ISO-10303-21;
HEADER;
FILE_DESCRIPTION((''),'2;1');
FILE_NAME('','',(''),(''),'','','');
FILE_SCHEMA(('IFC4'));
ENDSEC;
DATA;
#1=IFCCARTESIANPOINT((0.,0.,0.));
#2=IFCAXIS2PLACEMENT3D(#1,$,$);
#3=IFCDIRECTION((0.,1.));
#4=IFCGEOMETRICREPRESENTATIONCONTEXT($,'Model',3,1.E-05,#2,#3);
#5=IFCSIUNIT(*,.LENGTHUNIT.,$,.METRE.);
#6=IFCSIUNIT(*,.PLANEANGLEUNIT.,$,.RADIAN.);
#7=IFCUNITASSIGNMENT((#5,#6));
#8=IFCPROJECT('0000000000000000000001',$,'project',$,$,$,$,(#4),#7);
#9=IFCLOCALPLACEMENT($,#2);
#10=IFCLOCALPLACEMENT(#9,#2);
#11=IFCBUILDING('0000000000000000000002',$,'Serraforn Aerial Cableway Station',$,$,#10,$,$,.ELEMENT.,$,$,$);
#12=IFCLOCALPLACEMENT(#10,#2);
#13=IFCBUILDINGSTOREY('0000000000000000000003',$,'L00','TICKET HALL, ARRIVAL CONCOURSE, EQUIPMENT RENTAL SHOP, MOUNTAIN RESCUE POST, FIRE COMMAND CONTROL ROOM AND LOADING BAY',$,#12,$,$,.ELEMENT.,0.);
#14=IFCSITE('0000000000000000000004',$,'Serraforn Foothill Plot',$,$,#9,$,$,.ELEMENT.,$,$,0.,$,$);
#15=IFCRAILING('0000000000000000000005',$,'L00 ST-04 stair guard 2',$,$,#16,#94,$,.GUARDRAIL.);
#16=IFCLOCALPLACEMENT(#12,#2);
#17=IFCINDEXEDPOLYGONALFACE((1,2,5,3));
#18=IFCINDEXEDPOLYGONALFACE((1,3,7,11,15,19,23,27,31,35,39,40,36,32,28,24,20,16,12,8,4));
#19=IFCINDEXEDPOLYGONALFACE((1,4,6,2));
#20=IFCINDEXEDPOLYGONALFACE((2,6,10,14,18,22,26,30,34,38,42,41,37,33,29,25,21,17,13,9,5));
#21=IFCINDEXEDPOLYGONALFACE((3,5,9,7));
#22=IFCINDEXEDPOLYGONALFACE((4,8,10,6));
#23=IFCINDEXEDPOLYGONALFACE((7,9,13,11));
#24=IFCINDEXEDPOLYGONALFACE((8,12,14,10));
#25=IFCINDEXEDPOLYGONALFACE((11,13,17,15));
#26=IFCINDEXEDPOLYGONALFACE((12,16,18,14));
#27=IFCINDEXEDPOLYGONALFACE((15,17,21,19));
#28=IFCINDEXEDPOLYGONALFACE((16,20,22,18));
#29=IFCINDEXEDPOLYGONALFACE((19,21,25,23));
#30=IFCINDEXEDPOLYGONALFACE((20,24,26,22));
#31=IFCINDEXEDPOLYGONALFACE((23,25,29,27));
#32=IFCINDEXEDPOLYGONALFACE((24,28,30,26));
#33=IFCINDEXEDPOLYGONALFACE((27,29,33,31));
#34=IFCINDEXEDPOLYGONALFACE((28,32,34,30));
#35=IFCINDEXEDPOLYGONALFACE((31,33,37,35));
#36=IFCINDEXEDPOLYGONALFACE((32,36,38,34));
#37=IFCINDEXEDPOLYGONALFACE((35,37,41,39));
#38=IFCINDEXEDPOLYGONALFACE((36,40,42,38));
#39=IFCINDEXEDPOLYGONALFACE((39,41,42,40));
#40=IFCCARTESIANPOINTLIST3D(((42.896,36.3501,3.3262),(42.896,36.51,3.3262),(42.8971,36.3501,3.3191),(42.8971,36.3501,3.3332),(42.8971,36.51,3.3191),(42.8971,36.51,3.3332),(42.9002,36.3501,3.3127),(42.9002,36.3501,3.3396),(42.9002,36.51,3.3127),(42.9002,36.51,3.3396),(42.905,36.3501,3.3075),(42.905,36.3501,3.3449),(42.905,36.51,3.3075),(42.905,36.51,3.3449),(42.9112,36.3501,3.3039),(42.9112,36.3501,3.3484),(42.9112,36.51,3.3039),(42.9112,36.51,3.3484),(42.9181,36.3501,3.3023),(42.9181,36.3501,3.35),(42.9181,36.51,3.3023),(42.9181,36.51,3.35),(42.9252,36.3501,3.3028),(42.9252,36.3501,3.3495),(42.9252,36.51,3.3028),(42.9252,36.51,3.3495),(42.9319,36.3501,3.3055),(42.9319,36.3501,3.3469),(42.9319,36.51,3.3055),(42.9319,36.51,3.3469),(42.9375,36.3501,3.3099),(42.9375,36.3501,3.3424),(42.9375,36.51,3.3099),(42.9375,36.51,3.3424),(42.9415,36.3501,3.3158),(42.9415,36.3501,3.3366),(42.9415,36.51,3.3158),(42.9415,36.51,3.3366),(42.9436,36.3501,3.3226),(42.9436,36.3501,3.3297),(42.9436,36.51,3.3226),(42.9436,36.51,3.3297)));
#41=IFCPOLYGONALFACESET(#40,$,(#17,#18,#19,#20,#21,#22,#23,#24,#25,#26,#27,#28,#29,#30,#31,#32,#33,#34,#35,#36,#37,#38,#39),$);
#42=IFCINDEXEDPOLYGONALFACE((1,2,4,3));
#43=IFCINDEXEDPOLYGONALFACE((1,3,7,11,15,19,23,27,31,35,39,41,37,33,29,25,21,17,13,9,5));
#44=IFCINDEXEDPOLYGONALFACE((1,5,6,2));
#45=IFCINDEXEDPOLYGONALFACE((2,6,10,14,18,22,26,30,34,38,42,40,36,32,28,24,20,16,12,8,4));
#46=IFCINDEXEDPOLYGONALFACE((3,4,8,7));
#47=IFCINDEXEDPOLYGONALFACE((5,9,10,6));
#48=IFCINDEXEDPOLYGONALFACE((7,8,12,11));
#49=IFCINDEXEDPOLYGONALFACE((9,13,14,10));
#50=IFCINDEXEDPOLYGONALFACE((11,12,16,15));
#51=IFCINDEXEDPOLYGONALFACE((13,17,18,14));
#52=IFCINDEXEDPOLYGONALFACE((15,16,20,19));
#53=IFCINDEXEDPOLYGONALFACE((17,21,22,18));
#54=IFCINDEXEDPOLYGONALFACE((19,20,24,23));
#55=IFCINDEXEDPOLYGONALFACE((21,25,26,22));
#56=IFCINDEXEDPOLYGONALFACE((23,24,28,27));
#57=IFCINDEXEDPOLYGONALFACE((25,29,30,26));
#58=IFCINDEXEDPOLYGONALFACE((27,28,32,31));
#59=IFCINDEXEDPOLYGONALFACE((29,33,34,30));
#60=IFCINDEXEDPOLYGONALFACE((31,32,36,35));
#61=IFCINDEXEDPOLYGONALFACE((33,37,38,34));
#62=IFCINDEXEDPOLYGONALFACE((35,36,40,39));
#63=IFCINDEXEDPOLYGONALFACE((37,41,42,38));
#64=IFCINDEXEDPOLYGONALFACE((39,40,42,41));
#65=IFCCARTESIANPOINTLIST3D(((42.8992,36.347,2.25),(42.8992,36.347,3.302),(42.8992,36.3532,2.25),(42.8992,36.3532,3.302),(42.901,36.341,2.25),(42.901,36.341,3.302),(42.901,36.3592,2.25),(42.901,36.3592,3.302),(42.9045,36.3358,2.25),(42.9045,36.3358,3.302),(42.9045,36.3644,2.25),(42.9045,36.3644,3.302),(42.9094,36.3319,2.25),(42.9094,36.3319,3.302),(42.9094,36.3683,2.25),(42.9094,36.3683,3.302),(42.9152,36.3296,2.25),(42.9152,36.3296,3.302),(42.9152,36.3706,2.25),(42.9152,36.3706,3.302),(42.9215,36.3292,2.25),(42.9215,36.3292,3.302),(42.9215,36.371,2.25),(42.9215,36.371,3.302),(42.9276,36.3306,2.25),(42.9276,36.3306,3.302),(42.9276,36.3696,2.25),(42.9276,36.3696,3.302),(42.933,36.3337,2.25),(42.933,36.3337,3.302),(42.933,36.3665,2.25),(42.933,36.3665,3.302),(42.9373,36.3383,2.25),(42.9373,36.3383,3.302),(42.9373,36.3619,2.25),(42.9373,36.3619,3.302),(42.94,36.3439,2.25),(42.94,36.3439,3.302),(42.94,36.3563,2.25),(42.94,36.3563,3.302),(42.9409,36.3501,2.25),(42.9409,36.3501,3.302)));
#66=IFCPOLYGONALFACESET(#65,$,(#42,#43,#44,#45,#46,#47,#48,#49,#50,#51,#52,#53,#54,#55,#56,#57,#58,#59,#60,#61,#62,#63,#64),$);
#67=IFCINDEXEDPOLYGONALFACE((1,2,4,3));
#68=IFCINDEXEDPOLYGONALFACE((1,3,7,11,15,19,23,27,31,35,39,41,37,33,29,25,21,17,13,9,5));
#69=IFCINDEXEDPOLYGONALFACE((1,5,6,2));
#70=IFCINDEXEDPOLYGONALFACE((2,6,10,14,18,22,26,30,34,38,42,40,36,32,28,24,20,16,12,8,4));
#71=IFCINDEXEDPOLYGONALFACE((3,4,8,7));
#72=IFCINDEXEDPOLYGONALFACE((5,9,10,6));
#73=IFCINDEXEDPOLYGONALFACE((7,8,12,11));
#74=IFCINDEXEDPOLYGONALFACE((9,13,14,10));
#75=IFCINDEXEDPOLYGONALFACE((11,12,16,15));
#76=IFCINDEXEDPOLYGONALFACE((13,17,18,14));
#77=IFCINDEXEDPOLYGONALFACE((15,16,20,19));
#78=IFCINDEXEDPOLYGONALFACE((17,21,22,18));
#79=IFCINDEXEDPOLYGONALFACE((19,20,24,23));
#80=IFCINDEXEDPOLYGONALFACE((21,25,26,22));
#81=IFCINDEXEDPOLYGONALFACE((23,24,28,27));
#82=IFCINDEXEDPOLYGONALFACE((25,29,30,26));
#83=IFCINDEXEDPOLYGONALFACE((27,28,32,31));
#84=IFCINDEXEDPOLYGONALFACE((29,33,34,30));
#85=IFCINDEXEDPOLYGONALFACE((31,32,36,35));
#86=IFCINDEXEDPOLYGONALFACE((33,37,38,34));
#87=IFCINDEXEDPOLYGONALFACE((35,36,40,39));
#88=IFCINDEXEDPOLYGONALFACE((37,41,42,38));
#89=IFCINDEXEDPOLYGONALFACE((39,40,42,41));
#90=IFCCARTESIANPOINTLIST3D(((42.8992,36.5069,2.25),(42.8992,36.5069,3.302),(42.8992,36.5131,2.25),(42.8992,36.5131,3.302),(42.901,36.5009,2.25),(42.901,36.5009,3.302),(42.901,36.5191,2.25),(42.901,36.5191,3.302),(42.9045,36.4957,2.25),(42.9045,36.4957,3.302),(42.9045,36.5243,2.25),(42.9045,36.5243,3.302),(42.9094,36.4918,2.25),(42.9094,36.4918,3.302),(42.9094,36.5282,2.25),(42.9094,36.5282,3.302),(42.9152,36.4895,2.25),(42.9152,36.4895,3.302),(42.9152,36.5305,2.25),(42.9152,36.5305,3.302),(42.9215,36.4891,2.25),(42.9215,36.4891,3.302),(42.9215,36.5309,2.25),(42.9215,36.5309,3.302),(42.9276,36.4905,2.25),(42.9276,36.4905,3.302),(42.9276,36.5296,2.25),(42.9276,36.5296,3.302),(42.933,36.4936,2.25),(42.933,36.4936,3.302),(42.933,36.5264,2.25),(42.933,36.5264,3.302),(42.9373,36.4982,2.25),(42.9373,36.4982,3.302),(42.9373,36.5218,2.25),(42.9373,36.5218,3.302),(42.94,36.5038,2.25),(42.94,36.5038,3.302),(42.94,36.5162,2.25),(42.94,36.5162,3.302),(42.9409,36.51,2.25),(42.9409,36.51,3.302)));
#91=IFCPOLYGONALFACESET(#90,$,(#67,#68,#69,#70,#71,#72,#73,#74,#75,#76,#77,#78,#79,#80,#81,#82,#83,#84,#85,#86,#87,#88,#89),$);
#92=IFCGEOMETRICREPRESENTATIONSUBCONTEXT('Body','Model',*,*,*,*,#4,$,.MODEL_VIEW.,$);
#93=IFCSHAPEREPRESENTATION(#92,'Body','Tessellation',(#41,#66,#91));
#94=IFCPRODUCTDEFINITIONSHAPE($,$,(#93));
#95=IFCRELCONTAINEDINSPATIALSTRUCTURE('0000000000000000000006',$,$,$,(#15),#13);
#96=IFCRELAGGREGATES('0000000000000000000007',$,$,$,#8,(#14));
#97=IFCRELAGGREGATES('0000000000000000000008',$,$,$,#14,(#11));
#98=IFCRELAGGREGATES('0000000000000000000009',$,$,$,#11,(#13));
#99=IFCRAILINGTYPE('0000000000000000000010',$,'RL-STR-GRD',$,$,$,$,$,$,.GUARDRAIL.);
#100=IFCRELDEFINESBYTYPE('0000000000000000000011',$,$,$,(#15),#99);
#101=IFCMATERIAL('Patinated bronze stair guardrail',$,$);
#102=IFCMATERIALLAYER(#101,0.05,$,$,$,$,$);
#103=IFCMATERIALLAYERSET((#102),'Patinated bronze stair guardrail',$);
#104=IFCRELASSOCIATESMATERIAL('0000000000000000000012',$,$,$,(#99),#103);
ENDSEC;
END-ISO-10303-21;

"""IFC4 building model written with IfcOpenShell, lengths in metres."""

from ifc_helpers import new_model, si_unit, direction, frame, origin, origin_2d, place, context, subcontext, project, spatial, circle, extrude, material, layer, layer_set, type_object, element, save


model = new_model("IFC4")

# Units and contexts
model_context = context("Model", 3, precision=1e-05, world=origin(), true_north=direction((0.0, 1.0)))
body_context = subcontext(model_context, "Body", "Model", "MODEL_VIEW")
ifc_project = project(units=[si_unit("LENGTHUNIT", "METRE"), si_unit("PLANEANGLEUNIT", "RADIAN")], contexts=[model_context])

# Site, building, storey
site_placement = place(None, origin())
site = spatial("IfcSite", under=ifc_project, at=site_placement, Name="Serraforn Foothill Plot", CompositionType="ELEMENT", RefElevation=0.0)
building_placement = place(site_placement, origin())
building = spatial("IfcBuilding", under=site, at=building_placement, Name="Serraforn Aerial Cableway Station", CompositionType="ELEMENT")
storey_placement = place(building_placement, origin())
storey = spatial("IfcBuildingStorey", under=building, at=storey_placement, Name="L00", Description="TICKET HALL, ARRIVAL CONCOURSE, EQUIPMENT RENTAL SHOP, MOUNTAIN RESCUE POST, FIRE COMMAND CONTROL ROOM AND LOADING BAY", CompositionType="ELEMENT", Elevation=0.0)

# Railing
ifc_material_1 = material(Name="Patinated bronze stair guardrail")
ifc_layer_1 = layer(ifc_material_1, 0.05)
ifc_layer_set_1 = layer_set([ifc_layer_1], Name="Patinated bronze stair guardrail")
railing_type_1 = type_object("IfcRailingType", Name="RL-STR-GRD", PredefinedType="GUARDRAIL", material=ifc_layer_set_1)
railing_1_placement = place(storey_placement, frame((42.9199, 36.3501, 2.25)))
element("IfcRailing", 1, at=railing_1_placement, inside=storey, type_object=railing_type_1, Name="L00 ST-04 stair guard 2", PredefinedType="GUARDRAIL", context=body_context, shape_type="SweptSolid", body=[
    extrude(circle(Radius=0.0239, at=origin_2d()), frame((0.0, 0.0, 1.0762), z_axis=(0.0, 1.0, 0.0), x_axis=(-1.0, 0.0, 0.0)), (0.0, 0.0, 1.0), 0.1599),
    extrude(circle(Radius=0.021, at=origin_2d()), origin(), (0.0, 0.0, 1.0), 1.052),
    extrude(circle(Radius=0.021, at=origin_2d()), frame((0.0, 0.1599, 0.0)), (0.0, 0.0, 1.0), 1.052),
])

save(model, "model.ifc")
